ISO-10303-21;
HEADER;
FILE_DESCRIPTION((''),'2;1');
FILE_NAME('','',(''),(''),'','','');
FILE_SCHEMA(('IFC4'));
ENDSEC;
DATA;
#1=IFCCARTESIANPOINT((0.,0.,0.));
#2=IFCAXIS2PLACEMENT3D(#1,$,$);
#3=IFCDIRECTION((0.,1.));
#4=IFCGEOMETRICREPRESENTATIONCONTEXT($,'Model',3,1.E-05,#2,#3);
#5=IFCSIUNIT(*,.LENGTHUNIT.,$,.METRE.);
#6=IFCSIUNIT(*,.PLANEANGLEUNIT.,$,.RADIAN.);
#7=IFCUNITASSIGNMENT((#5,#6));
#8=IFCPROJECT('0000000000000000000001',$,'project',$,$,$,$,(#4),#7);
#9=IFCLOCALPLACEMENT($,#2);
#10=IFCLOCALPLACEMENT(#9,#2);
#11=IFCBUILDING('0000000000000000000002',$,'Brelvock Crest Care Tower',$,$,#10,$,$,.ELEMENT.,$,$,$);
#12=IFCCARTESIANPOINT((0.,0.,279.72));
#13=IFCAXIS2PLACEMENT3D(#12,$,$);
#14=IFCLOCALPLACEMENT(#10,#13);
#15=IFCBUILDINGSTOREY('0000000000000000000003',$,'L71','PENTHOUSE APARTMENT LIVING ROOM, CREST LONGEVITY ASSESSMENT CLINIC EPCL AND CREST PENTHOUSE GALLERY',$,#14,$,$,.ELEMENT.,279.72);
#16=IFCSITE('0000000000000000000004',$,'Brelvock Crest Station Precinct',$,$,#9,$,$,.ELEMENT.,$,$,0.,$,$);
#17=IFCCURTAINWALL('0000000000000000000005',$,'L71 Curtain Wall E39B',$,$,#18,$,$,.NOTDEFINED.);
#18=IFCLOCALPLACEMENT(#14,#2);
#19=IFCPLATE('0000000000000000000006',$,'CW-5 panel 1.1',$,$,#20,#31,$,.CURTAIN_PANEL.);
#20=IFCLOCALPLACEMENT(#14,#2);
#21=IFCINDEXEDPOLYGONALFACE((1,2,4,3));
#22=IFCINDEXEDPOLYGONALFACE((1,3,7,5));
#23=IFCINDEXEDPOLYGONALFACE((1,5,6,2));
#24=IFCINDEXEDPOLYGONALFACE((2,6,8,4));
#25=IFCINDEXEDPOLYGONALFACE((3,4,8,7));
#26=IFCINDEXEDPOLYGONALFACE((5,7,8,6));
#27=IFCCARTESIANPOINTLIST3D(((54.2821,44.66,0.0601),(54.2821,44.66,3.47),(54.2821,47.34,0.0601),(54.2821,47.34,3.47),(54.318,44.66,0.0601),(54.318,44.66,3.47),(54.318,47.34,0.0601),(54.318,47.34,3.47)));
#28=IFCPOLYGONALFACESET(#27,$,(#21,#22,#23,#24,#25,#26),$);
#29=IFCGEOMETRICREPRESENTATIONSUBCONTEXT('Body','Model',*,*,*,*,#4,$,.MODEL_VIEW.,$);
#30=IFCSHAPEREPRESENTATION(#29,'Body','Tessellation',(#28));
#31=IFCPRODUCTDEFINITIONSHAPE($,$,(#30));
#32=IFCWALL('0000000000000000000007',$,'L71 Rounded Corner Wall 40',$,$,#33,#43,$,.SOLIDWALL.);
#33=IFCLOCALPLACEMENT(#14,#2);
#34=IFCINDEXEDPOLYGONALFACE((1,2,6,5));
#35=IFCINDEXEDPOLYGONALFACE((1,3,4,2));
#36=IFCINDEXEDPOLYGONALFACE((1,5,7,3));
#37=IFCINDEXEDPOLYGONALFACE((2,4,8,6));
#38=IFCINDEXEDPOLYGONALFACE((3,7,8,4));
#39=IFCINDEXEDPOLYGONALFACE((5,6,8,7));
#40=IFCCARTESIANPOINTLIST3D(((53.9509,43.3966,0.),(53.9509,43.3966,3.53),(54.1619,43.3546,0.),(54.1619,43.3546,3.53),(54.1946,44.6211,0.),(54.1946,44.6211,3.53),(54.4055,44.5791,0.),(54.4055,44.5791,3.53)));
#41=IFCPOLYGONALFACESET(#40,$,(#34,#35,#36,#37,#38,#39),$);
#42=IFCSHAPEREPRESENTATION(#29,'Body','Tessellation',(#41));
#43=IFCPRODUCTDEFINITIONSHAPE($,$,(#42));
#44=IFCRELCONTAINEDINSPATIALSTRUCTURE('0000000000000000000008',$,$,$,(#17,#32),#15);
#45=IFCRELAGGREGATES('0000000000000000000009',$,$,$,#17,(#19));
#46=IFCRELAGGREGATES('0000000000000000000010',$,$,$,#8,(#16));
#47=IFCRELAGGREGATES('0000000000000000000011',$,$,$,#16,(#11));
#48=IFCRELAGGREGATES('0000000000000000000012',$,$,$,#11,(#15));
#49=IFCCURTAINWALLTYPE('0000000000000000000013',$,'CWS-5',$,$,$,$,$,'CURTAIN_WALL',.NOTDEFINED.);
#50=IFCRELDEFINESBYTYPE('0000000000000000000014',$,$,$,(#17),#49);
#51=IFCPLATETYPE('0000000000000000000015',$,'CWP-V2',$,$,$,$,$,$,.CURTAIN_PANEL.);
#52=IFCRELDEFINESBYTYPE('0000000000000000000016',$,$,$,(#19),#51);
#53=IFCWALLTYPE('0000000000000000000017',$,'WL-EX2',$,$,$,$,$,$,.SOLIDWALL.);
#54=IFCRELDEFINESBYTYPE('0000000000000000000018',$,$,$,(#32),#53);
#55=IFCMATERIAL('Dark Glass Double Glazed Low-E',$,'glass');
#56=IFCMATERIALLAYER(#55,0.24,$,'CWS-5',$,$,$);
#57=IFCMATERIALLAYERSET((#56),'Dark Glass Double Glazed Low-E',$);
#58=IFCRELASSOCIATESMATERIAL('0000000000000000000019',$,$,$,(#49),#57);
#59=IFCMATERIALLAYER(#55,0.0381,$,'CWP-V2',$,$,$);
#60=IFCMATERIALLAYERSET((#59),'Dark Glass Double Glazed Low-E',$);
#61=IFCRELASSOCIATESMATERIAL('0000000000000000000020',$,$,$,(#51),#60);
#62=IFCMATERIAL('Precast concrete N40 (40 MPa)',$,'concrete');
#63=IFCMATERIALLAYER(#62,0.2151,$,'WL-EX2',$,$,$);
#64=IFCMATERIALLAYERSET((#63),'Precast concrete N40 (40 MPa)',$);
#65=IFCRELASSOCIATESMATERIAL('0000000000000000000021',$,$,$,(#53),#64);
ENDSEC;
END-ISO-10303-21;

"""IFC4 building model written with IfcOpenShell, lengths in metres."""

from ifc_helpers import new_model, si_unit, direction, frame, frame_2d, origin, origin_2d, place, context, subcontext, project, spatial, rectangle, extrude, source, transform, mapped, material, layer, layer_set, type_object, element, aggregate, save


model = new_model("IFC4")

# Units and contexts
model_context = context("Model", 3, precision=1e-05, world=origin(), true_north=direction((0.0, 1.0)))
body_context = subcontext(model_context, "Body", "Model", "MODEL_VIEW")
ifc_project = project(units=[si_unit("LENGTHUNIT", "METRE"), si_unit("PLANEANGLEUNIT", "RADIAN")], contexts=[model_context])

# Site, building, storey
site_placement = place(None, origin())
site = spatial("IfcSite", under=ifc_project, at=site_placement, Name="Brelvock Crest Station Precinct", CompositionType="ELEMENT", RefElevation=0.0)
building_placement = place(site_placement, origin())
building = spatial("IfcBuilding", under=site, at=building_placement, Name="Brelvock Crest Care Tower", CompositionType="ELEMENT")
storey_placement = place(building_placement, frame((0.0, 0.0, 279.72)))
storey = spatial("IfcBuildingStorey", under=building, at=storey_placement, Name="L71", Description="PENTHOUSE APARTMENT LIVING ROOM, CREST LONGEVITY ASSESSMENT CLINIC EPCL AND CREST PENTHOUSE GALLERY", CompositionType="ELEMENT", Elevation=279.72)

# Curtain wall
ifc_material_1 = material(Name="Dark Glass Double Glazed Low-E", Category="glass")
ifc_layer_1 = layer(ifc_material_1, 0.24, Name="CWS-5")
ifc_layer_set_1 = layer_set([ifc_layer_1], Name="Dark Glass Double Glazed Low-E")
curtain_wall_type = type_object("IfcCurtainWallType", Name="CWS-5", ElementType="CURTAIN_WALL", PredefinedType="NOTDEFINED", material=ifc_layer_set_1)
curtain_wall_1_placement = place(storey_placement, origin())
curtain_wall_1 = element("IfcCurtainWall", 1, at=curtain_wall_1_placement, inside=storey, type_object=curtain_wall_type, Name="L71 Curtain Wall E39B", PredefinedType="NOTDEFINED")

# Plate
ifc_layer_2 = layer(ifc_material_1, 0.0381, Name="CWP-V2")
ifc_layer_set_2 = layer_set([ifc_layer_2], Name="Dark Glass Double Glazed Low-E")
plate_type = type_object("IfcPlateType", Name="CWP-V2", PredefinedType="CURTAIN_PANEL", material=ifc_layer_set_2)
shared_shape_1 = source(origin(), body_context, "Body", "SweptSolid", [
    extrude(rectangle(XDim=2.6799, YDim=0.0359, at=origin_2d()), origin(), (0.0, 0.0, 1.0), 3.4099),
])
plate_1_placement = place(storey_placement, frame((54.3, 46.0, 0.0601), z_axis=(0.0, 0.0, 1.0), x_axis=(0.0, -1.0, 0.0)))
plate_1 = element("IfcPlate", 2, at=plate_1_placement, type_object=plate_type, Name="CW-5 panel 1.1", PredefinedType="CURTAIN_PANEL", context=body_context, shape_type="MappedRepresentation", body=[
    mapped(shared_shape_1, transform((0.0, 0.0, 0.0), x_axis=(1.0, 0.0, 0.0), y_axis=(0.0, 1.0, 0.0), z_axis=(0.0, 0.0, 1.0), scale=1.0)),
])
aggregate(curtain_wall_1, [plate_1])

# Shared definitions
ifc_material_2 = material(Name="Precast concrete N40 (40 MPa)", Category="concrete")

# Wall
ifc_layer_3 = layer(ifc_material_2, 0.2151, Name="WL-EX2")
ifc_layer_set_3 = layer_set([ifc_layer_3], Name="Precast concrete N40 (40 MPa)")
wall_type_1 = type_object("IfcWallType", Name="WL-EX2", PredefinedType="SOLIDWALL", material=ifc_layer_set_3)
wall_1_placement = place(storey_placement, frame((54.3, 44.6001, 0.0), z_axis=(0.0, 0.0, 1.0), x_axis=(-0.195138, -0.980776, 0.0)))
element("IfcWall", 3, at=wall_1_placement, inside=storey, type_object=wall_type_1, Name="L71 Rounded Corner Wall 40", PredefinedType="SOLIDWALL", context=body_context, shape_type="SweptSolid", body=[
    extrude(rectangle(XDim=1.2485, YDim=0.2151, at=frame_2d((0.6243, 0.0))), origin(), (0.0, 0.0, 1.0), 3.53),
])

save(model, "model.ifc")
